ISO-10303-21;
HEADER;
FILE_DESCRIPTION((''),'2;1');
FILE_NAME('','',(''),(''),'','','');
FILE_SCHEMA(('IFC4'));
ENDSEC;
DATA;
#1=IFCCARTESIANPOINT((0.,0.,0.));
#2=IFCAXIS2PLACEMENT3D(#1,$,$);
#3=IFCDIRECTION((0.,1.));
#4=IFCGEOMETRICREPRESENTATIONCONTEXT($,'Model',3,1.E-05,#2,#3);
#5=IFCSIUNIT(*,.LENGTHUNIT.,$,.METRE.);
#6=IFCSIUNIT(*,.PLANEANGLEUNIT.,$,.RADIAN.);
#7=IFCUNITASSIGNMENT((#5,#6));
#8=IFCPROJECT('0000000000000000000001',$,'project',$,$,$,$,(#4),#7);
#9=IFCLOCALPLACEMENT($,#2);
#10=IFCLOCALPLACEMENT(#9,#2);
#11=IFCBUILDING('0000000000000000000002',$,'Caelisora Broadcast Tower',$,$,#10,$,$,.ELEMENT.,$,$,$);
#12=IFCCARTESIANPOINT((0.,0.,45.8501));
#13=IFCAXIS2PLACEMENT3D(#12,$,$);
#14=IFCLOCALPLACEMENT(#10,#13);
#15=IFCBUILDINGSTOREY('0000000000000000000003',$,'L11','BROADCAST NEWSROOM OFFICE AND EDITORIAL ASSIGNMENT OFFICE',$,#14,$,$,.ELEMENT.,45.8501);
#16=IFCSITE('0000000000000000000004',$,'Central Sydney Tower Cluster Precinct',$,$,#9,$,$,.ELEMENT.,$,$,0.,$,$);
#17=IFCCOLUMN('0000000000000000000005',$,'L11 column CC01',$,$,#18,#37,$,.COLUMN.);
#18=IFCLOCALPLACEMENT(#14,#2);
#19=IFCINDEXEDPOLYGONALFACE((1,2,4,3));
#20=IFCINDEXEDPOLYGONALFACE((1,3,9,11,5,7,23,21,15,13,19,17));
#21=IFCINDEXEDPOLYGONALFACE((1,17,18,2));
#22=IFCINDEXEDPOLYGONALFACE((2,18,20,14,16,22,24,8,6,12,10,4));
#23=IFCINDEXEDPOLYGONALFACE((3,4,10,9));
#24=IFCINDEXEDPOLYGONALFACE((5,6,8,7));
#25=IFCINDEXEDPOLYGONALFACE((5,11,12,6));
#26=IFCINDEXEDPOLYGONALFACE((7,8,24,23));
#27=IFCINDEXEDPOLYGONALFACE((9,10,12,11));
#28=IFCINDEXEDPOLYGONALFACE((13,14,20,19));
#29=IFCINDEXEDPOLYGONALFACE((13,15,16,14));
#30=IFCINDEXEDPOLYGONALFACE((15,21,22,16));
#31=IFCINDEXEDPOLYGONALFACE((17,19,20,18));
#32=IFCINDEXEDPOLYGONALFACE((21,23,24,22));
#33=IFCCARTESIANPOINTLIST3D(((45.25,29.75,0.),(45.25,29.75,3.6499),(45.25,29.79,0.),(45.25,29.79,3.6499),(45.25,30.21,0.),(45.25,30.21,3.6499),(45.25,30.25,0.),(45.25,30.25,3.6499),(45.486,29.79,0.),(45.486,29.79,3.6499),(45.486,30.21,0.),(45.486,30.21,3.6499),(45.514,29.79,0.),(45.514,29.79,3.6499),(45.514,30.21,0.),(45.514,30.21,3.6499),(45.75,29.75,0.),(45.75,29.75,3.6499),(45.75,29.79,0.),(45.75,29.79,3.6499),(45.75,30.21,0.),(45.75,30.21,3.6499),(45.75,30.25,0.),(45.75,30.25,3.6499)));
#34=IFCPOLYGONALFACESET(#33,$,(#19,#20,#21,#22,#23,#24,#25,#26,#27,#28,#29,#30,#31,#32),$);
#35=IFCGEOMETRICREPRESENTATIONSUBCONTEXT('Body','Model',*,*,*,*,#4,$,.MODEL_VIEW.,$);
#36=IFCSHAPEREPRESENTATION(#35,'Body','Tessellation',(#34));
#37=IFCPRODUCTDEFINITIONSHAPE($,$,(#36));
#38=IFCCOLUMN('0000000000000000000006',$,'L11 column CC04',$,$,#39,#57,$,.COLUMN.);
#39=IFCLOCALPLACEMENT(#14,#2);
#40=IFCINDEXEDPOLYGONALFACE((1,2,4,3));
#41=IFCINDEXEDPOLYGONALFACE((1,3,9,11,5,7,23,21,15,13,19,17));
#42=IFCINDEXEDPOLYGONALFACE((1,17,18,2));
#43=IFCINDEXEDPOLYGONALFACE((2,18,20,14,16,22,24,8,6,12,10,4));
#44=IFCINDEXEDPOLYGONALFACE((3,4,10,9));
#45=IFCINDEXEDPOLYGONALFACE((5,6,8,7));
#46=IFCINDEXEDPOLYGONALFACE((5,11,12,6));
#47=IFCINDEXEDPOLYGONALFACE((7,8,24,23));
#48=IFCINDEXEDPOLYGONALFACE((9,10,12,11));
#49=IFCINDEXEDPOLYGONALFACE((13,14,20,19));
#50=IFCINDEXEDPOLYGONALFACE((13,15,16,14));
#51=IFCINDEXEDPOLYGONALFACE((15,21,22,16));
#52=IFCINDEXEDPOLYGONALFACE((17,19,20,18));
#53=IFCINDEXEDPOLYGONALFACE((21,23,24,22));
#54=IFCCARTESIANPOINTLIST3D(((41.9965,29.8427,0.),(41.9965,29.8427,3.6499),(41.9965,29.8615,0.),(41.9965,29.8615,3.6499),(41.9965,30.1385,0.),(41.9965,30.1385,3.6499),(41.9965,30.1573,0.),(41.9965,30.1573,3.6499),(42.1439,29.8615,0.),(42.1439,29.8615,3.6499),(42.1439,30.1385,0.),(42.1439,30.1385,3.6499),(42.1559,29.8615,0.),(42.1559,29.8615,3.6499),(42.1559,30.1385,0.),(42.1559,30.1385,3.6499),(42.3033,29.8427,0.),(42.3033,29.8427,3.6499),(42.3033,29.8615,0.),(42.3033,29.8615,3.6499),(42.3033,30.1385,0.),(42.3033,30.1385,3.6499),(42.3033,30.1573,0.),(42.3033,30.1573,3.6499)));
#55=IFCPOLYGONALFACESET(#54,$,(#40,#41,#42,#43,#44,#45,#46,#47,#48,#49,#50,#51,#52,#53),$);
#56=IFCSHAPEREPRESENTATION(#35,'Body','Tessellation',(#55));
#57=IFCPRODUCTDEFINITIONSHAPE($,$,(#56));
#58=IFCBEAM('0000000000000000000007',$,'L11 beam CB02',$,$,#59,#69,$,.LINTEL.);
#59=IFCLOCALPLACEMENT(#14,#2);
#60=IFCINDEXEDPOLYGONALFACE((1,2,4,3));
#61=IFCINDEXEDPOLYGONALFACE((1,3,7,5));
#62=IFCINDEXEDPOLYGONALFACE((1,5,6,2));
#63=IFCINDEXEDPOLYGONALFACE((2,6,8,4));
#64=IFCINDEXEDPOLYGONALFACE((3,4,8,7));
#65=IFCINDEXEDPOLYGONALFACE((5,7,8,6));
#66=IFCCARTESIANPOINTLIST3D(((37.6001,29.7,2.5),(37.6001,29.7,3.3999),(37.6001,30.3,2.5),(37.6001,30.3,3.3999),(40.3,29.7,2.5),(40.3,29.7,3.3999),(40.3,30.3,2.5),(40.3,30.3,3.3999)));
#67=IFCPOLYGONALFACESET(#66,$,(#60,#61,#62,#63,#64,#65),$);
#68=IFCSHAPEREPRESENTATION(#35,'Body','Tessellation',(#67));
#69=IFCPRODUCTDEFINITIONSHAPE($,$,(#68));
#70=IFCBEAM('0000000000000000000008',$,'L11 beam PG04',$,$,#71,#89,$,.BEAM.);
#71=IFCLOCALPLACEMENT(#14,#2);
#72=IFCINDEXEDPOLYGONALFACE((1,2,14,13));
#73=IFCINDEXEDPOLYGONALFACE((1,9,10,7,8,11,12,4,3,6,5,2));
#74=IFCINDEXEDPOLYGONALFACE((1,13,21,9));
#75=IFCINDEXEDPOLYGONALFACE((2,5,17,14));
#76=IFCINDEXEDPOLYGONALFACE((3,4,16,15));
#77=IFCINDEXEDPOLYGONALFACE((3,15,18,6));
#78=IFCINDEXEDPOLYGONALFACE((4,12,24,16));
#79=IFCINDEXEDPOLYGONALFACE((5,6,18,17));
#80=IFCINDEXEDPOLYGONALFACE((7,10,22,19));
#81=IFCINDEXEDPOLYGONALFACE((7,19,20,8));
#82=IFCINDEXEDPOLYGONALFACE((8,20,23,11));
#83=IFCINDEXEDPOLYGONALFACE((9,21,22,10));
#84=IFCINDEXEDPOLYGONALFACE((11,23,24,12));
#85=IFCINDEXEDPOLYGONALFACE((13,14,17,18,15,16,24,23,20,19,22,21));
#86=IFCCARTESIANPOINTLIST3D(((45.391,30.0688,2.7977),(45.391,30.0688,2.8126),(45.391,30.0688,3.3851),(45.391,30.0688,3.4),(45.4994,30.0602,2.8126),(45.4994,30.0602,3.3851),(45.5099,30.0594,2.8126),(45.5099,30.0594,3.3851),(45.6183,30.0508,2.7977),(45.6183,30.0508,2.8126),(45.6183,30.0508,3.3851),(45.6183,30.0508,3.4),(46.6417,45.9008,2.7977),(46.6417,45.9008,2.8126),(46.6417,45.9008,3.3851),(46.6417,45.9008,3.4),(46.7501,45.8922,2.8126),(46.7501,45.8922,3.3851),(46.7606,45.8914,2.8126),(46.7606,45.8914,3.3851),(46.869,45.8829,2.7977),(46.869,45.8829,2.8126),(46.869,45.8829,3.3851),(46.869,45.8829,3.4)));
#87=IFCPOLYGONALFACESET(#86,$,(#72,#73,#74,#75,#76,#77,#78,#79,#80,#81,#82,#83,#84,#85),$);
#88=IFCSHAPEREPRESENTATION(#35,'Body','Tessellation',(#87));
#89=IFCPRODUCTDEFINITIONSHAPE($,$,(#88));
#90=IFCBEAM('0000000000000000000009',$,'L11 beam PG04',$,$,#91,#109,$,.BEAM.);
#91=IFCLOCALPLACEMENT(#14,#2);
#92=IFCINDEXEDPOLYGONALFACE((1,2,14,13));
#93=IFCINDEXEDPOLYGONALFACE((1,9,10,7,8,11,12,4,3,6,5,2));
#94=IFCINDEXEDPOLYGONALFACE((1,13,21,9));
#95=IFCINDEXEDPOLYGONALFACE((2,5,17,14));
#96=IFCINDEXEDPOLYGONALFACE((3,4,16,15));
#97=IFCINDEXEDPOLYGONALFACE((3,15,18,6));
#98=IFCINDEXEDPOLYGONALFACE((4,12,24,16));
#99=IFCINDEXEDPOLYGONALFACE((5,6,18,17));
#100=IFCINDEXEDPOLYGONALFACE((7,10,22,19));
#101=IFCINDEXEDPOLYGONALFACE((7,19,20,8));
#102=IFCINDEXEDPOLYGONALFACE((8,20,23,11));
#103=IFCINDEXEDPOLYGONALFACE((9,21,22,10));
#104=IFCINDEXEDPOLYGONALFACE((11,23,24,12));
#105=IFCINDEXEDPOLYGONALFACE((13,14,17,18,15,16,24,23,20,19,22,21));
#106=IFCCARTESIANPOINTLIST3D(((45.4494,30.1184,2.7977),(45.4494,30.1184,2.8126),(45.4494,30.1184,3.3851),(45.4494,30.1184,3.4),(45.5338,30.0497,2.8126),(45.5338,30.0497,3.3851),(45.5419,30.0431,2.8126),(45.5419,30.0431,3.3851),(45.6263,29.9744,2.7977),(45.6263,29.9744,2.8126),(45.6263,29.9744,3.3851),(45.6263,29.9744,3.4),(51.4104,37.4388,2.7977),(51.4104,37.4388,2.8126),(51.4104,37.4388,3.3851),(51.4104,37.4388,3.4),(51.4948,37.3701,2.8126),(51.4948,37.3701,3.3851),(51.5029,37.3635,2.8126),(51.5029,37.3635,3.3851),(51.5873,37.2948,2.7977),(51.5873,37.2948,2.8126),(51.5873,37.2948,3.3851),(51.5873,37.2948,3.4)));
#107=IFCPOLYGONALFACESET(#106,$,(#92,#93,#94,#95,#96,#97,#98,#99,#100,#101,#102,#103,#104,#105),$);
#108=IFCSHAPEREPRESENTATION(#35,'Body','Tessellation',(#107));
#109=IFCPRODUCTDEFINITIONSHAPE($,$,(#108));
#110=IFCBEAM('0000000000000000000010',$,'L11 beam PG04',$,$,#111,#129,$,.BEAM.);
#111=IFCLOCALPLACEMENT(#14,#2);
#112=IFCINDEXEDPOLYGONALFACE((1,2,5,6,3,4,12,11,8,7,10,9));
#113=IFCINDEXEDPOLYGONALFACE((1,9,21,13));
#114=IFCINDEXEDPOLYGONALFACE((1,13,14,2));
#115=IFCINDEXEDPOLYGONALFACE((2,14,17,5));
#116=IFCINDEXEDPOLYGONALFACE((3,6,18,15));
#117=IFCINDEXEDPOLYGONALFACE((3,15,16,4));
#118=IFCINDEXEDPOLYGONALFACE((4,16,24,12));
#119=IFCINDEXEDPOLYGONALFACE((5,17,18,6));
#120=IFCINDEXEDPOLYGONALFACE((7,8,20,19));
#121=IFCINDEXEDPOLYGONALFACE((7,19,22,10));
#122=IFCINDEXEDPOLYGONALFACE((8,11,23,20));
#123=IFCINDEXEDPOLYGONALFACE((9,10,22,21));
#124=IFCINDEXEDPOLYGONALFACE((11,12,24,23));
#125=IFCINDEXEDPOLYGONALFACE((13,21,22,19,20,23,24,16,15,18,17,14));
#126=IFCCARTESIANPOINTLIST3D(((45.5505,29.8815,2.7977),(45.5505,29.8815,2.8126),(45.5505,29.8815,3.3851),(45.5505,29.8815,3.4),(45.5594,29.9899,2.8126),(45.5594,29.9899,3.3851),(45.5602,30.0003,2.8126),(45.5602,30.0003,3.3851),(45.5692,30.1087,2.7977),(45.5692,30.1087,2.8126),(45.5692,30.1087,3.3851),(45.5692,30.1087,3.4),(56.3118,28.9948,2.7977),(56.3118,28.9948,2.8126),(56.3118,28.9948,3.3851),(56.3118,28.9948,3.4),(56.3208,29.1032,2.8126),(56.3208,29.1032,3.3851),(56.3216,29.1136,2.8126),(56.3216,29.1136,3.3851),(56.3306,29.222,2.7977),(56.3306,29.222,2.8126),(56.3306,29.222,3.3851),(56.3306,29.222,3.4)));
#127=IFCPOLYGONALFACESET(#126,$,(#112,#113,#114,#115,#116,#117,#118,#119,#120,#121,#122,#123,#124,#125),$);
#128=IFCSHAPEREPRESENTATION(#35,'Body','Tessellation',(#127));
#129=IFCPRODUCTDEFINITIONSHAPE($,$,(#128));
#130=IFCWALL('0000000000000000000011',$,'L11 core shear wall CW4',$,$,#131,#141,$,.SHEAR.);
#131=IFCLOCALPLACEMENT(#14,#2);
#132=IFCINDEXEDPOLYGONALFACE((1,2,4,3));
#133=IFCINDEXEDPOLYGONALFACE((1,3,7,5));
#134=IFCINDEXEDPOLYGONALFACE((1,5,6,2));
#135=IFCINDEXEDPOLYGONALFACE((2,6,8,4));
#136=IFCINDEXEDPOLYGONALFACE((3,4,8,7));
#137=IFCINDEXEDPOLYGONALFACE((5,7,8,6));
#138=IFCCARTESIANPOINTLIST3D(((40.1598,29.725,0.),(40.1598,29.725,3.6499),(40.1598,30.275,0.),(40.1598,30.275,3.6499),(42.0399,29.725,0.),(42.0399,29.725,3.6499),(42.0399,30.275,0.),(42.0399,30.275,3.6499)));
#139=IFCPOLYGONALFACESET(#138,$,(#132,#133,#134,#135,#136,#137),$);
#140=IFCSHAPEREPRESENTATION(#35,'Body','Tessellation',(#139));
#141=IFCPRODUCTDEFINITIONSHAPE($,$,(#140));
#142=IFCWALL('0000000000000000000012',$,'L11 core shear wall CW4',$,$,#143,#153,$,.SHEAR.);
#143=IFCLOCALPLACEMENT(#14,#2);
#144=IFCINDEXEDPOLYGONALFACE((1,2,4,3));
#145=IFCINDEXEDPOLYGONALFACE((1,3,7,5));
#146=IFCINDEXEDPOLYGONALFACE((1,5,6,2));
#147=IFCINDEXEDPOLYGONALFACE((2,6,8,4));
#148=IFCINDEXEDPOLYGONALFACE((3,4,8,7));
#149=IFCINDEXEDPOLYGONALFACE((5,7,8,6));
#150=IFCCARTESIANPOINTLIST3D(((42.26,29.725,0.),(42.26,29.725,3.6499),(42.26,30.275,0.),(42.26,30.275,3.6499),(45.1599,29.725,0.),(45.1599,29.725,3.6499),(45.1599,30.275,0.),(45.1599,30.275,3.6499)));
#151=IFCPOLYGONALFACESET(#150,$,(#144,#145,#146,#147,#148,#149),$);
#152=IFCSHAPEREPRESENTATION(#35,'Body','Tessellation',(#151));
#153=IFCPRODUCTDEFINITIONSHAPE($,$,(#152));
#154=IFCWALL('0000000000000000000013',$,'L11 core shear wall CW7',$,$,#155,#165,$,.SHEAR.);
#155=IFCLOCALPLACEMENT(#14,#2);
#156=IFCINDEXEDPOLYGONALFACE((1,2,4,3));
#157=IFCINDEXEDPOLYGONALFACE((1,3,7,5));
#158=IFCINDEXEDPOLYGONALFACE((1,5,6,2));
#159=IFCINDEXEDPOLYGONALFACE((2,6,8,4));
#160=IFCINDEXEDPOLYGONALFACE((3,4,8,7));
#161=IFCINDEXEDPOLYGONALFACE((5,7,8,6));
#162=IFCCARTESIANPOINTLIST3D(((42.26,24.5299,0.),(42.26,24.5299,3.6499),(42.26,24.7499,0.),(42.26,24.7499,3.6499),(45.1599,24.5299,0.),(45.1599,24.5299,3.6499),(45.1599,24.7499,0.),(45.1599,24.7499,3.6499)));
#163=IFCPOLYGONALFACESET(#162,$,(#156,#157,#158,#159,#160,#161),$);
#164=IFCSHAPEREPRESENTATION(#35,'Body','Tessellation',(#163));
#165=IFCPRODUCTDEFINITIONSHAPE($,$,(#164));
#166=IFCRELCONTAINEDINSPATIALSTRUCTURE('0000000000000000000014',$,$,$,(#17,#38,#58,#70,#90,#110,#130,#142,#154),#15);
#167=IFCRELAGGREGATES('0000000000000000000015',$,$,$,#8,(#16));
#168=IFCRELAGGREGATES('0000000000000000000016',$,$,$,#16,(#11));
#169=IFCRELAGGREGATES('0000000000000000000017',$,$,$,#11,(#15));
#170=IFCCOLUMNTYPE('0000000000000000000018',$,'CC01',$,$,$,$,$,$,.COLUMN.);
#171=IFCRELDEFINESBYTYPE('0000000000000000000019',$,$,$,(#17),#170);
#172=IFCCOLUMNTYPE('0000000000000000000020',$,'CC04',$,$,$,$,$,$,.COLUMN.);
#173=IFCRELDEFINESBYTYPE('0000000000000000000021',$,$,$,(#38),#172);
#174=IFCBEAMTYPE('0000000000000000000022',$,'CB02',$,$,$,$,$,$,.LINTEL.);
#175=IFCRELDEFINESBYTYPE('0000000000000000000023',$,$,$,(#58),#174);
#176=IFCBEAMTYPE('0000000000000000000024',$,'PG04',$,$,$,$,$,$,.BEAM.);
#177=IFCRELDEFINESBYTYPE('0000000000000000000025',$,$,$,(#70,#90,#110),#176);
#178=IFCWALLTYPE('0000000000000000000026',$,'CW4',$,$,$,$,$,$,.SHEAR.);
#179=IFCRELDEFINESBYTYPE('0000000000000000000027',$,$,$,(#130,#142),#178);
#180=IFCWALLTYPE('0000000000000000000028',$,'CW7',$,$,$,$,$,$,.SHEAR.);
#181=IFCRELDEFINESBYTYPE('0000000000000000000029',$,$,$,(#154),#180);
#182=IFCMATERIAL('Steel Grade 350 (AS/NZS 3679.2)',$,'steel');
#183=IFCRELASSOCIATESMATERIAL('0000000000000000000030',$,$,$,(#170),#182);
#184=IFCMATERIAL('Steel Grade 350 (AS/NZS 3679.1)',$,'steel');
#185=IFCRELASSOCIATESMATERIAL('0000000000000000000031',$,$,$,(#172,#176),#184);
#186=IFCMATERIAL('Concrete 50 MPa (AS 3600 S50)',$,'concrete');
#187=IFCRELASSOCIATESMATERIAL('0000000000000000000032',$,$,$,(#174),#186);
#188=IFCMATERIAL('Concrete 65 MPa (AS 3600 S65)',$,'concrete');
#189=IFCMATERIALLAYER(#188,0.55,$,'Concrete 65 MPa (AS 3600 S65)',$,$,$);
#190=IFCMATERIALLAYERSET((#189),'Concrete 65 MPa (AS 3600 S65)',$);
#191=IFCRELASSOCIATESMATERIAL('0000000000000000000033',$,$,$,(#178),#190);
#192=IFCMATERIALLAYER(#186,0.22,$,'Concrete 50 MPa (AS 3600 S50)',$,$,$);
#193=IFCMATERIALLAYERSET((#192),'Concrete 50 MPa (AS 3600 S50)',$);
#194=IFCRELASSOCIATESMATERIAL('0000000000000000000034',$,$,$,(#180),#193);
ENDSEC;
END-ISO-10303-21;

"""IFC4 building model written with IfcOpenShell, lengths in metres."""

from ifc_helpers import new_model, si_unit, direction, frame, frame_2d, origin, origin_2d, place, context, subcontext, project, spatial, rectangle, i_section, extrude, source, transform, mapped, material, layer, layer_set, material_profile, profile_set, type_object, type_shapes, element, save


model = new_model("IFC4")

# Units and contexts
model_context = context("Model", 3, precision=1e-05, world=origin(), true_north=direction((0.0, 1.0)))
body_context = subcontext(model_context, "Body", "Model", "MODEL_VIEW")
ifc_project = project(units=[si_unit("LENGTHUNIT", "METRE"), si_unit("PLANEANGLEUNIT", "RADIAN")], contexts=[model_context])

# Site, building, storey
site_placement = place(None, origin())
site = spatial("IfcSite", under=ifc_project, at=site_placement, Name="Central Sydney Tower Cluster Precinct", CompositionType="ELEMENT", RefElevation=0.0)
building_placement = place(site_placement, origin())
building = spatial("IfcBuilding", under=site, at=building_placement, Name="Caelisora Broadcast Tower", CompositionType="ELEMENT")
storey_placement = place(building_placement, frame((0.0, 0.0, 45.8501)))
storey = spatial("IfcBuildingStorey", under=building, at=storey_placement, Name="L11", Description="BROADCAST NEWSROOM OFFICE AND EDITORIAL ASSIGNMENT OFFICE", CompositionType="ELEMENT", Elevation=45.8501)

# Columns
ifc_material_1 = material(Name="Steel Grade 350 (AS/NZS 3679.2)", Category="steel")
ifc_material_profile_1 = material_profile(ifc_material_1, i_section(OverallWidth=0.5, OverallDepth=0.5, WebThickness=0.0281, FlangeThickness=0.04, at=origin_2d()), Name="Steel Grade 350 (AS/NZS 3679.2)")
ifc_profile_set_1 = profile_set([ifc_material_profile_1], Name="Steel Grade 350 (AS/NZS 3679.2)")
column_type_1 = type_object("IfcColumnType", Name="CC01", PredefinedType="COLUMN", material=ifc_profile_set_1)
shared_shape_1 = source(origin(), body_context, "Body", "SweptSolid", [
    extrude(i_section(OverallWidth=0.5, OverallDepth=0.5, WebThickness=0.0281, FlangeThickness=0.04, at=origin_2d()), origin(), (0.0, 0.0, 1.0), 3.6499),
])
type_shapes(column_type_1, [shared_shape_1])
column_1_placement = place(storey_placement, frame((45.5, 30.0, 0.0), z_axis=(0.0, 0.0, 1.0), x_axis=(1.0, 0.0, 0.0)))
element("IfcColumn", 1, at=column_1_placement, inside=storey, type_object=column_type_1, Name="L11 column CC01", PredefinedType="COLUMN", context=body_context, shape_type="MappedRepresentation", body=[
    mapped(shared_shape_1, transform((0.0, 0.0, 0.0), scale=1.0)),
])
ifc_material_2 = material(Name="Steel Grade 350 (AS/NZS 3679.1)", Category="steel")
ifc_material_profile_2 = material_profile(ifc_material_2, i_section(OverallWidth=0.3069, OverallDepth=0.3147, WebThickness=0.012, FlangeThickness=0.0188, at=origin_2d()), Name="Steel Grade 350 (AS/NZS 3679.1)")
ifc_profile_set_2 = profile_set([ifc_material_profile_2], Name="Steel Grade 350 (AS/NZS 3679.1)")
column_type_2 = type_object("IfcColumnType", Name="CC04", PredefinedType="COLUMN", material=ifc_profile_set_2)
shared_shape_2 = source(origin(), body_context, "Body", "SweptSolid", [
    extrude(i_section(OverallWidth=0.3069, OverallDepth=0.3147, WebThickness=0.012, FlangeThickness=0.0188, at=origin_2d()), origin(), (0.0, 0.0, 1.0), 3.6499),
])
type_shapes(column_type_2, [shared_shape_2])
column_2_placement = place(storey_placement, frame((42.1499, 30.0, 0.0), z_axis=(0.0, 0.0, 1.0), x_axis=(1.0, 0.0, 0.0)))
element("IfcColumn", 2, at=column_2_placement, inside=storey, type_object=column_type_2, Name="L11 column CC04", PredefinedType="COLUMN", context=body_context, shape_type="MappedRepresentation", body=[
    mapped(shared_shape_2, transform((0.0, 0.0, 0.0), scale=1.0)),
])

# Beams
ifc_material_3 = material(Name="Concrete 50 MPa (AS 3600 S50)", Category="concrete")
ifc_material_profile_3 = material_profile(ifc_material_3, rectangle(XDim=0.6001, YDim=0.8999, at=origin_2d()), Name="Concrete 50 MPa (AS 3600 S50)")
ifc_profile_set_3 = profile_set([ifc_material_profile_3], Name="Concrete 50 MPa (AS 3600 S50)")
beam_type_1 = type_object("IfcBeamType", Name="CB02", PredefinedType="LINTEL", material=ifc_profile_set_3)
shared_shape_3 = source(origin(), body_context, "Body", "SweptSolid", [
    extrude(rectangle(XDim=0.6001, YDim=0.8999, at=origin_2d()), origin(), (0.0, 0.0, 1.0), 2.7),
])
type_shapes(beam_type_1, [shared_shape_3])
beam_1_placement = place(storey_placement, frame((37.6001, 30.0, 2.95), z_axis=(1.0, 0.0, 0.0), x_axis=(0.0, 1.0, 0.0)))
element("IfcBeam", 3, at=beam_1_placement, inside=storey, type_object=beam_type_1, Name="L11 beam CB02", PredefinedType="LINTEL", context=body_context, shape_type="MappedRepresentation", body=[
    mapped(shared_shape_3, transform((0.0, 0.0, 0.0), scale=1.0)),
])
ifc_material_profile_4 = material_profile(ifc_material_2, i_section(OverallWidth=0.228, OverallDepth=0.6023, WebThickness=0.0105, FlangeThickness=0.0149, at=origin_2d()), Name="Steel Grade 350 (AS/NZS 3679.1)")
ifc_profile_set_4 = profile_set([ifc_material_profile_4], Name="Steel Grade 350 (AS/NZS 3679.1)")
beam_type_2 = type_object("IfcBeamType", Name="PG04", PredefinedType="BEAM", material=ifc_profile_set_4)
shared_shape_4 = source(origin(), body_context, "Body", "SweptSolid", [
    extrude(i_section(OverallWidth=0.228, OverallDepth=0.6023, WebThickness=0.0105, FlangeThickness=0.0149, at=origin_2d()), origin(), (0.0, 0.0, 1.0), 15.8813),
])
beam_2_placement = place(storey_placement, frame((45.5046, 30.0598, 3.0989), z_axis=(0.078755, 0.996894, 0.0), x_axis=(-0.996894, 0.078755, 0.0)))
element("IfcBeam", 4, at=beam_2_placement, inside=storey, type_object=beam_type_2, Name="L11 beam PG04", PredefinedType="BEAM", context=body_context, shape_type="MappedRepresentation", body=[
    mapped(shared_shape_4, transform((0.0, 0.0, 0.0), scale=1.0)),
])
shared_shape_5 = source(origin(), body_context, "Body", "SweptSolid", [
    extrude(i_section(OverallWidth=0.228, OverallDepth=0.6023, WebThickness=0.0105, FlangeThickness=0.0149, at=origin_2d()), origin(), (0.0, 0.0, 1.0), 9.4404),
])
beam_3_placement = place(storey_placement, frame((45.5378, 30.0464, 3.0989), z_axis=(0.631433, 0.77543, 0.0), x_axis=(-0.77543, 0.631433, 0.0)))
element("IfcBeam", 5, at=beam_3_placement, inside=storey, type_object=beam_type_2, Name="L11 beam PG04", PredefinedType="BEAM", context=body_context, shape_type="MappedRepresentation", body=[
    mapped(shared_shape_5, transform((0.0, 0.0, 0.0), scale=1.0)),
])
shared_shape_6 = source(origin(), body_context, "Body", "SweptSolid", [
    extrude(i_section(OverallWidth=0.228, OverallDepth=0.6023, WebThickness=0.0105, FlangeThickness=0.0149, at=origin_2d()), origin(), (0.0, 0.0, 1.0), 10.7979),
])
type_shapes(beam_type_2, [shared_shape_4, shared_shape_5, shared_shape_6])
beam_4_placement = place(storey_placement, frame((45.5598, 29.9951, 3.0989), z_axis=(0.996623, -0.082119, 0.0), x_axis=(0.082119, 0.996623, 0.0)))
element("IfcBeam", 6, at=beam_4_placement, inside=storey, type_object=beam_type_2, Name="L11 beam PG04", PredefinedType="BEAM", context=body_context, shape_type="MappedRepresentation", body=[
    mapped(shared_shape_6, transform((0.0, 0.0, 0.0), scale=1.0)),
])

# Walls
ifc_material_4 = material(Name="Concrete 65 MPa (AS 3600 S65)", Category="concrete")
ifc_layer_1 = layer(ifc_material_4, 0.55, Name="Concrete 65 MPa (AS 3600 S65)")
ifc_layer_set_1 = layer_set([ifc_layer_1], Name="Concrete 65 MPa (AS 3600 S65)")
wall_type_1 = type_object("IfcWallType", Name="CW4", PredefinedType="SHEAR", material=ifc_layer_set_1)
wall_1_placement = place(storey_placement, frame((40.1599, 30.0, 0.0), z_axis=(0.0, 0.0, 1.0), x_axis=(1.0, 0.0, 0.0)))
element("IfcWall", 7, at=wall_1_placement, inside=storey, type_object=wall_type_1, Name="L11 core shear wall CW4", PredefinedType="SHEAR", context=body_context, shape_type="SweptSolid", body=[
    extrude(rectangle(XDim=1.8801, YDim=0.55, at=frame_2d((0.9399, 0.0))), origin(), (0.0, 0.0, 1.0), 3.6499),
])
wall_2_placement = place(storey_placement, frame((42.26, 30.0, 0.0), z_axis=(0.0, 0.0, 1.0), x_axis=(1.0, 0.0, 0.0)))
element("IfcWall", 8, at=wall_2_placement, inside=storey, type_object=wall_type_1, Name="L11 core shear wall CW4", PredefinedType="SHEAR", context=body_context, shape_type="SweptSolid", body=[
    extrude(rectangle(XDim=2.8999, YDim=0.55, at=frame_2d((1.45, 0.0))), origin(), (0.0, 0.0, 1.0), 3.6499),
])
ifc_layer_2 = layer(ifc_material_3, 0.22, Name="Concrete 50 MPa (AS 3600 S50)")
ifc_layer_set_2 = layer_set([ifc_layer_2], Name="Concrete 50 MPa (AS 3600 S50)")
wall_type_2 = type_object("IfcWallType", Name="CW7", PredefinedType="SHEAR", material=ifc_layer_set_2)
wall_3_placement = place(storey_placement, frame((42.26, 24.6399, 0.0), z_axis=(0.0, 0.0, 1.0), x_axis=(1.0, 0.0, 0.0)))
element("IfcWall", 9, at=wall_3_placement, inside=storey, type_object=wall_type_2, Name="L11 core shear wall CW7", PredefinedType="SHEAR", context=body_context, shape_type="SweptSolid", body=[
    extrude(rectangle(XDim=2.8999, YDim=0.22, at=frame_2d((1.45, 0.0))), origin(), (0.0, 0.0, 1.0), 3.6499),
])

save(model, "model.ifc")
